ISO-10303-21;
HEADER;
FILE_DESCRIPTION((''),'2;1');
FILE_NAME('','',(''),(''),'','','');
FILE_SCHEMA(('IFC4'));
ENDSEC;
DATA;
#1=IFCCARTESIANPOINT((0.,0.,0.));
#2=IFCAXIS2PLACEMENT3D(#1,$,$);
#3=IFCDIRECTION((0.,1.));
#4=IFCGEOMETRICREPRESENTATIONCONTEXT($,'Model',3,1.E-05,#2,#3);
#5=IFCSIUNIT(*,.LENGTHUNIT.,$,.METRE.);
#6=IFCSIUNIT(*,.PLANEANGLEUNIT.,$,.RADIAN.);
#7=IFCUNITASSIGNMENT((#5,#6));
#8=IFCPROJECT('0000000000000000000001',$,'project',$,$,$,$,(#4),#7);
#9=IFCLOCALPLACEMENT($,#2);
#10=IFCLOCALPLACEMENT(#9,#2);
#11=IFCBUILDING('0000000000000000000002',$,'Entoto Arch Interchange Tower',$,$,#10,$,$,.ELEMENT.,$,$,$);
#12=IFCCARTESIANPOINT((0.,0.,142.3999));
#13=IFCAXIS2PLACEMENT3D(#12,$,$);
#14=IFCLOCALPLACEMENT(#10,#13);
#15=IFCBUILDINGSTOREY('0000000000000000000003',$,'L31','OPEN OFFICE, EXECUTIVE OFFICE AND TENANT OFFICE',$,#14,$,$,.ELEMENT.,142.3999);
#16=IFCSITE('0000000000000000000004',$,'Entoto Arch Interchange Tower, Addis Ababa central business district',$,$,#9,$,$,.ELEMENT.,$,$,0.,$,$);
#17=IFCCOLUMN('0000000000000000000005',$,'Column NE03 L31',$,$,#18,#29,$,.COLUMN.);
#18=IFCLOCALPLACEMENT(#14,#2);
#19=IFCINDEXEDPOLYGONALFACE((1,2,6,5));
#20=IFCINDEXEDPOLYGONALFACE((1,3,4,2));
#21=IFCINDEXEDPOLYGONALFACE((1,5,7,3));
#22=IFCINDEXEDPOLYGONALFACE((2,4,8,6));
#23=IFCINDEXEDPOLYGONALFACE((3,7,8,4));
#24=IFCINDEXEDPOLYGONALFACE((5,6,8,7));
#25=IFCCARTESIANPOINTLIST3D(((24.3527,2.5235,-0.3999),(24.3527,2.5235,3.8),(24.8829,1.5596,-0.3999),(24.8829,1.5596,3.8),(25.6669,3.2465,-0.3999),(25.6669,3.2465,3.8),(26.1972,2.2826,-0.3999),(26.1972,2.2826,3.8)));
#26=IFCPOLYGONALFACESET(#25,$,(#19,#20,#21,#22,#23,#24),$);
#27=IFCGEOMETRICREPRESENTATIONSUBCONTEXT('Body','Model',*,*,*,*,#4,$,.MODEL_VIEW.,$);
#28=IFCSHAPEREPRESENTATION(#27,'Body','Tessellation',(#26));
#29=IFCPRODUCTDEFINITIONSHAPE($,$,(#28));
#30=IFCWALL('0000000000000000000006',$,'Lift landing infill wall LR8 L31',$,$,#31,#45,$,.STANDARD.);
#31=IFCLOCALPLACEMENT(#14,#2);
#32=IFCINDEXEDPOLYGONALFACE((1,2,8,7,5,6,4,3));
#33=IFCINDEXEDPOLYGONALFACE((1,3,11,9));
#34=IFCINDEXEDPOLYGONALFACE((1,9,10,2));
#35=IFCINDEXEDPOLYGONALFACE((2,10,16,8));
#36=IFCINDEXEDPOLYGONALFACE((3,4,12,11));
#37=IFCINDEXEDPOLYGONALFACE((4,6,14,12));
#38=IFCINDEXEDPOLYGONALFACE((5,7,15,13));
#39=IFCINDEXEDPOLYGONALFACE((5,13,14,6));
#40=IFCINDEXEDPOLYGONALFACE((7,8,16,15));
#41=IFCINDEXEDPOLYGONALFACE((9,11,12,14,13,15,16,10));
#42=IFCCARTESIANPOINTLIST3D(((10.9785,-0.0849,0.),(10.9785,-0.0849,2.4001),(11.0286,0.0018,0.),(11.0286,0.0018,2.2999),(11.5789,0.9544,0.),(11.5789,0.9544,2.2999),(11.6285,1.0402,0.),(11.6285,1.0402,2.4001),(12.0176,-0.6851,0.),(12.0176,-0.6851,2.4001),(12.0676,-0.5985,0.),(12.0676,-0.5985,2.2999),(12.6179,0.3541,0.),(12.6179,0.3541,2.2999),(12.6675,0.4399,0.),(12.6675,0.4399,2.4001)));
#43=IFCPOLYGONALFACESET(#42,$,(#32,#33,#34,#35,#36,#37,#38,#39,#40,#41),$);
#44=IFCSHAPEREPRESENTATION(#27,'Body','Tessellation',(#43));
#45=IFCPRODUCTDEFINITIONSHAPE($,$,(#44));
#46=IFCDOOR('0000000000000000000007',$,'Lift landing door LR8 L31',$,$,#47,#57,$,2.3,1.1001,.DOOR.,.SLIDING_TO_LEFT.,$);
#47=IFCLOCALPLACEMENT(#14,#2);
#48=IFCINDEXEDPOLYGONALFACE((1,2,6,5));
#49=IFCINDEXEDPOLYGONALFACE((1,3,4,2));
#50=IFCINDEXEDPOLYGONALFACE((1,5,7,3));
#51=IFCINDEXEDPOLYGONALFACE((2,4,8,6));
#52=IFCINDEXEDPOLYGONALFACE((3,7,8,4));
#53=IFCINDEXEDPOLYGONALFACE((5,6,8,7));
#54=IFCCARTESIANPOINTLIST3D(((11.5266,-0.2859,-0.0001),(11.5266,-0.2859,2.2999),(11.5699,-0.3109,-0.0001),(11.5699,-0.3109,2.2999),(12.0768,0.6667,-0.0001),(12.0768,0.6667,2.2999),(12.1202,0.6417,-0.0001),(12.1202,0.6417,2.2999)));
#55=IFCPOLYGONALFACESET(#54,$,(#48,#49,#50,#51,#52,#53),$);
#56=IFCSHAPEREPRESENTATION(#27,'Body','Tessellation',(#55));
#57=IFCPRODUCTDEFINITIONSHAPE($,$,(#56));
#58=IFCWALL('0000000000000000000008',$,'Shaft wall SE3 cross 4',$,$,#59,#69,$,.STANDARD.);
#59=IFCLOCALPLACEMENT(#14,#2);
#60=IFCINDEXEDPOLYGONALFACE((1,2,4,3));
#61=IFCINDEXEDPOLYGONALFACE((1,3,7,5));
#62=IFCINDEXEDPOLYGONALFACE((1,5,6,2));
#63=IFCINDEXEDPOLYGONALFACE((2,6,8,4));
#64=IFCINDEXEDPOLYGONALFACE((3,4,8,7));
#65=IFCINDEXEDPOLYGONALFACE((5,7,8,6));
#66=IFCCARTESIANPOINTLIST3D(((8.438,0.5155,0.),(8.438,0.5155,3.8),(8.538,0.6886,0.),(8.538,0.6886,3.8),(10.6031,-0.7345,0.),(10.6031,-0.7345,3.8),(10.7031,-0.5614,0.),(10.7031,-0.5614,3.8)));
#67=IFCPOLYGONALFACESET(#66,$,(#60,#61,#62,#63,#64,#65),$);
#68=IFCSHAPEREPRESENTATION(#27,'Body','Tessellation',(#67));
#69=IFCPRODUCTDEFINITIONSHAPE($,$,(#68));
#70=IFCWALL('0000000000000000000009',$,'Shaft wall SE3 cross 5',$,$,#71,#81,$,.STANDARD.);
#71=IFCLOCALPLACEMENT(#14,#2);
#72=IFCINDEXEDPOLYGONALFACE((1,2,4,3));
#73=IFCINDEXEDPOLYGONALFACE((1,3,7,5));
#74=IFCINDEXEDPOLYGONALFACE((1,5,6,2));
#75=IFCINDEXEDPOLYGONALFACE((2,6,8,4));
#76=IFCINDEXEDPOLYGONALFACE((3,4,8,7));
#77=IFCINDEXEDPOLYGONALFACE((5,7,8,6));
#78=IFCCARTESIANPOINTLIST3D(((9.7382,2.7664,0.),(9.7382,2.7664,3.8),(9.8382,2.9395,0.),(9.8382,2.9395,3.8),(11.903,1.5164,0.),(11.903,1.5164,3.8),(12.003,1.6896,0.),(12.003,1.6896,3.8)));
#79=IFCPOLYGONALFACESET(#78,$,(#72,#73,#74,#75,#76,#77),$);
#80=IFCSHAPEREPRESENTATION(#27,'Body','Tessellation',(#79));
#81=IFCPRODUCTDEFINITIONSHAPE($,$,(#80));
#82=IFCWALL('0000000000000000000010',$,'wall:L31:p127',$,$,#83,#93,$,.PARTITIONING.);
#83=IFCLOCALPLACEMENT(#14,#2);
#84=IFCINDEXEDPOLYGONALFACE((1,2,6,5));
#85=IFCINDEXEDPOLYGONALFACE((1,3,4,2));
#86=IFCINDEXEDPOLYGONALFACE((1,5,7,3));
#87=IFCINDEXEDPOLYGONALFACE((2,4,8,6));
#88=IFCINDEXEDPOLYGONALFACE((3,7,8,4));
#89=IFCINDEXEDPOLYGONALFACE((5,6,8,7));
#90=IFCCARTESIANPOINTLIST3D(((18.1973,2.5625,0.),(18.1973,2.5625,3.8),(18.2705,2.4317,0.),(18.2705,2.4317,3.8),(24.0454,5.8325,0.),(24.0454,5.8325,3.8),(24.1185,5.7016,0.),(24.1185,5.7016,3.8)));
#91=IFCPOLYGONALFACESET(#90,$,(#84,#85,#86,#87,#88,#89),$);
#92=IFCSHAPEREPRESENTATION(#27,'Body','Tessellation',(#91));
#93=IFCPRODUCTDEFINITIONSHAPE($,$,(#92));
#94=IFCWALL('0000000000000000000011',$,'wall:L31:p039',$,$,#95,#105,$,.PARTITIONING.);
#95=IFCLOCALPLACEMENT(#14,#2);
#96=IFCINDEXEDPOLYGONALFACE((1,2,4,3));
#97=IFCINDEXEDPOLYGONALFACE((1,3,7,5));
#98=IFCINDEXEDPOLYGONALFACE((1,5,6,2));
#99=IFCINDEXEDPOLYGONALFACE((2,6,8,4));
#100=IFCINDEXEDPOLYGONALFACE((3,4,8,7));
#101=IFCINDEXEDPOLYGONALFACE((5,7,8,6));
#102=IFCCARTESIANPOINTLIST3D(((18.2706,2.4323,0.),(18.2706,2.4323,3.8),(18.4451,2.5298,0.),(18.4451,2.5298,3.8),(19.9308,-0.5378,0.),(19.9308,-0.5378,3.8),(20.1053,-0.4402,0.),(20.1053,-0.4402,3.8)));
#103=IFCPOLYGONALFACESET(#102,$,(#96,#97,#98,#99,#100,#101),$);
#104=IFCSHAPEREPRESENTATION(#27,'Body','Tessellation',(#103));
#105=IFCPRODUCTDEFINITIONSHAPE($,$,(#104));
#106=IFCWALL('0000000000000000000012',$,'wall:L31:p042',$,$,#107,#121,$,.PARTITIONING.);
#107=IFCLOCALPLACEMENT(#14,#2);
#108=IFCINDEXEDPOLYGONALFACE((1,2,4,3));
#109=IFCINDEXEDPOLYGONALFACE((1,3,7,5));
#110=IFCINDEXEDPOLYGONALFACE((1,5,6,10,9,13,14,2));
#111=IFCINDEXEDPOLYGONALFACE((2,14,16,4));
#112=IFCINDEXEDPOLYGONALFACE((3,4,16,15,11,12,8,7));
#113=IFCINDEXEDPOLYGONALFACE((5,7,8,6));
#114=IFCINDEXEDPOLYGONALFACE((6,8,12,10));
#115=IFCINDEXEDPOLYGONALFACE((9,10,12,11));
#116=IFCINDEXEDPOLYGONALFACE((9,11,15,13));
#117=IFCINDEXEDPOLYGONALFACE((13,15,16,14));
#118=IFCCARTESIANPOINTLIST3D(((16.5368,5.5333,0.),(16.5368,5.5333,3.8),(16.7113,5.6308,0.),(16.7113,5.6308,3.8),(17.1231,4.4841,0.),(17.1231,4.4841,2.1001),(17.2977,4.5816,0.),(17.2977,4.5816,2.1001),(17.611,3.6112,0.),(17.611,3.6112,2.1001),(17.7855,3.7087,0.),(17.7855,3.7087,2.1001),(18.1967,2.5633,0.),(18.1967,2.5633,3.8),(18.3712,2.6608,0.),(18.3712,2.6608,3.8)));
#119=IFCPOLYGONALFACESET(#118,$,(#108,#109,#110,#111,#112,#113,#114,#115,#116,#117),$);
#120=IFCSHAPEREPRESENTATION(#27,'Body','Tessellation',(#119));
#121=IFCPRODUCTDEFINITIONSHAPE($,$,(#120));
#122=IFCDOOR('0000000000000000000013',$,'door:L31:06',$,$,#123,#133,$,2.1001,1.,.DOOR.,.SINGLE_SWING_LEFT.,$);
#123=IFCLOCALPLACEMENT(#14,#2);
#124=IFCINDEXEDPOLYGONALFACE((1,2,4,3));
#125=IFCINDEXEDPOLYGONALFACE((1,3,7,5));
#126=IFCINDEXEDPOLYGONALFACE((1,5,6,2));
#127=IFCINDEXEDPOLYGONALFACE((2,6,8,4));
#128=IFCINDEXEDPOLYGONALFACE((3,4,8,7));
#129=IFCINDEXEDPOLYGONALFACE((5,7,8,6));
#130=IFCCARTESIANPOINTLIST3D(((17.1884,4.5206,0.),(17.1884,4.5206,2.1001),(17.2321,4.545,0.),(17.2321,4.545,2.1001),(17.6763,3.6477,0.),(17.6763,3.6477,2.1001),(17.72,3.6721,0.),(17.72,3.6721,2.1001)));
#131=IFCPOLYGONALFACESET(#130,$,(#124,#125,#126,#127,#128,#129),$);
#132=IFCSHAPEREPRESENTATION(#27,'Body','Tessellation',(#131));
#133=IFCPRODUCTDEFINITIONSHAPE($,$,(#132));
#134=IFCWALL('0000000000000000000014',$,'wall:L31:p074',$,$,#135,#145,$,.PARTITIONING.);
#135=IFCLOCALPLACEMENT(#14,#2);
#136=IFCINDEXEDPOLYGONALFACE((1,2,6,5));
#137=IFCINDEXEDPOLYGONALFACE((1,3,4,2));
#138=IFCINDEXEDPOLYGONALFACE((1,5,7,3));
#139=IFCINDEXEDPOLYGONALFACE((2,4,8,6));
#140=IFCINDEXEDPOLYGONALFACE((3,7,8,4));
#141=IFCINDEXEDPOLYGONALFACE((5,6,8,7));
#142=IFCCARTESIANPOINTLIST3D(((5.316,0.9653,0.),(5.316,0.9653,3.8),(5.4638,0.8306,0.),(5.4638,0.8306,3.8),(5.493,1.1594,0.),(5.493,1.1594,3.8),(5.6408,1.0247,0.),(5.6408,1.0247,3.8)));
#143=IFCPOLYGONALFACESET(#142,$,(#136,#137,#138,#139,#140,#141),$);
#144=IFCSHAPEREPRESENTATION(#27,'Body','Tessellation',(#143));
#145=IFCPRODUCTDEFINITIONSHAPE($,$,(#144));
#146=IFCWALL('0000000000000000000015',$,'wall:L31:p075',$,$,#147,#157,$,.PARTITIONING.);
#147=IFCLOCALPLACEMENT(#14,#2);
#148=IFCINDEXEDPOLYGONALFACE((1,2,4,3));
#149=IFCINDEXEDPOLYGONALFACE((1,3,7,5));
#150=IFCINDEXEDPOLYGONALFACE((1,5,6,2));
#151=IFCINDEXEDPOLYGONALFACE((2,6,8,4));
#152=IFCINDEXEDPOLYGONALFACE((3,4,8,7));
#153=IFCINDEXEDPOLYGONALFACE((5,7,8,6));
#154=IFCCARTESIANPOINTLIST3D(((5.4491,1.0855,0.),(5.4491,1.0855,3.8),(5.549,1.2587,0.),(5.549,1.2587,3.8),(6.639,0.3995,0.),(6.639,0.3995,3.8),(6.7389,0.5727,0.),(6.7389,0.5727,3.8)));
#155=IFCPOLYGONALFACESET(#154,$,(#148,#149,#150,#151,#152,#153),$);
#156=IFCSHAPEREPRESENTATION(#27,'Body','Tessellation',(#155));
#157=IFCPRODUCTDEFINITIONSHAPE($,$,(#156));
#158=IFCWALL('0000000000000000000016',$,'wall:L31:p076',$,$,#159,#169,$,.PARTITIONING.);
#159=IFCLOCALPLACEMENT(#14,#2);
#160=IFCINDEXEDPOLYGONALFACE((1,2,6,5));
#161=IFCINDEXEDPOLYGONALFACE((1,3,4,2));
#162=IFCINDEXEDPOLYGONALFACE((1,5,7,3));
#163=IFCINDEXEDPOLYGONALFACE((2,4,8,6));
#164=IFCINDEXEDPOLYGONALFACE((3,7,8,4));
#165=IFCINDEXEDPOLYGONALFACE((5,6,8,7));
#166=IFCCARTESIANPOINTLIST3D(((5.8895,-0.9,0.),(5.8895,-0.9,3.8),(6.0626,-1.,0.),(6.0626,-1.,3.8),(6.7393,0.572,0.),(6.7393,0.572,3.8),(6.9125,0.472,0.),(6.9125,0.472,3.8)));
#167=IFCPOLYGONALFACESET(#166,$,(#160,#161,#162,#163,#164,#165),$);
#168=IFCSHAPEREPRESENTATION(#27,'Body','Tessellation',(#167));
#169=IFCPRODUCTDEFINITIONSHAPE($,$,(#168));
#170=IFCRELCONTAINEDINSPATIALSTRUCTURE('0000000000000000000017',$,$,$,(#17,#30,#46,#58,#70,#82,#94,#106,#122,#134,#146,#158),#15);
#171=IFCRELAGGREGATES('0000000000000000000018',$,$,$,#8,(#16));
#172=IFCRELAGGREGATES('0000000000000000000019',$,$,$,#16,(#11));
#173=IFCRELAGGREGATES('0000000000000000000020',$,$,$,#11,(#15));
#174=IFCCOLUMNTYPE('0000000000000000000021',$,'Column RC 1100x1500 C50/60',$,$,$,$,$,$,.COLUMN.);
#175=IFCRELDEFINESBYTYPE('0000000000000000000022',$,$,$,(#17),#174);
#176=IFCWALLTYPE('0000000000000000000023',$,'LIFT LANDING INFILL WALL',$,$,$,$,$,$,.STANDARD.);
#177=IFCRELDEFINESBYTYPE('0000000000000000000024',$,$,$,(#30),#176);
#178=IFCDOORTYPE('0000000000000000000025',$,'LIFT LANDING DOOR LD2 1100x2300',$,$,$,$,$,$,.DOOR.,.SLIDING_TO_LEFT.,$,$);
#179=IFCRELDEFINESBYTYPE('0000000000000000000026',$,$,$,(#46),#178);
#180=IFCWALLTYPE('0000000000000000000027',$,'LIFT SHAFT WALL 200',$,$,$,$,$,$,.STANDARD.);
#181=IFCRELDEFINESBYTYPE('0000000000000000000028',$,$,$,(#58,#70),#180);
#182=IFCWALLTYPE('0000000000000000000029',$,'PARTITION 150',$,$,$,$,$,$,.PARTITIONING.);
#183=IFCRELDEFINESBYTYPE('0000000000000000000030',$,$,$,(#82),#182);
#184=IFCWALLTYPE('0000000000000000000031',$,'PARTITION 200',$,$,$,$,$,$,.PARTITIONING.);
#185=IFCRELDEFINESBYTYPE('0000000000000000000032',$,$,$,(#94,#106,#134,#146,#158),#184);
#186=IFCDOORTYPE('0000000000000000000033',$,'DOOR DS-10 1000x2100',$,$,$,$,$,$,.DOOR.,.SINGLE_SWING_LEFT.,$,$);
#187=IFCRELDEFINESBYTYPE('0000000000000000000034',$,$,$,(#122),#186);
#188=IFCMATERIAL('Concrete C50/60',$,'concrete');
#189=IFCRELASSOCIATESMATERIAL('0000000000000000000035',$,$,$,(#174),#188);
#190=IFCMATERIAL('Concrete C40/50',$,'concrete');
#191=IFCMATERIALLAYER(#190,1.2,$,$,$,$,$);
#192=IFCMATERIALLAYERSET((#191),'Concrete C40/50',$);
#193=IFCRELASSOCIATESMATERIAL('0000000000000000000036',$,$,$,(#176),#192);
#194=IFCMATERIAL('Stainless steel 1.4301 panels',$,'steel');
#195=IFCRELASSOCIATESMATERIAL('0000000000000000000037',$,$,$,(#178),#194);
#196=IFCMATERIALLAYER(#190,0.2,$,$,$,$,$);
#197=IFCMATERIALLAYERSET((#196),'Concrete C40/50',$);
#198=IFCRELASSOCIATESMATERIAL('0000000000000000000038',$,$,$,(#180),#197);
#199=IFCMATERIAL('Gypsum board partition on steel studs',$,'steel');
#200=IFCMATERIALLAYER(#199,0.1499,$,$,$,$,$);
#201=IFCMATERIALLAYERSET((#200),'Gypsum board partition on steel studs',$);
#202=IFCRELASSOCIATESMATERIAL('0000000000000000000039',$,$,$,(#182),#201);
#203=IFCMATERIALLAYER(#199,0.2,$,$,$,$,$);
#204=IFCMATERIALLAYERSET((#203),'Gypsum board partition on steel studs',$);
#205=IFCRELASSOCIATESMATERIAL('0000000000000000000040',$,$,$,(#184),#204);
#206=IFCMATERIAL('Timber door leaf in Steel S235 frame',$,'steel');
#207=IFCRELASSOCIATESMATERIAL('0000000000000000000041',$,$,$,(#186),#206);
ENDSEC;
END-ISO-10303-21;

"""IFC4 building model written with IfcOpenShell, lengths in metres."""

from ifc_helpers import new_model, si_unit, direction, frame, frame_2d, origin, origin_2d, place, context, subcontext, project, spatial, rectangle, extrude, material, layer, layer_set, material_profile, profile_set, type_object, element, fill, save


model = new_model("IFC4")

# Units and contexts
model_context = context("Model", 3, precision=1e-05, world=origin(), true_north=direction((0.0, 1.0)))
body_context = subcontext(model_context, "Body", "Model", "MODEL_VIEW")
ifc_project = project(units=[si_unit("LENGTHUNIT", "METRE"), si_unit("PLANEANGLEUNIT", "RADIAN")], contexts=[model_context])

# Site, building, storey
site_placement = place(None, origin())
site = spatial("IfcSite", under=ifc_project, at=site_placement, Name="Entoto Arch Interchange Tower, Addis Ababa central business district", CompositionType="ELEMENT", RefElevation=0.0)
building_placement = place(site_placement, origin())
building = spatial("IfcBuilding", under=site, at=building_placement, Name="Entoto Arch Interchange Tower", CompositionType="ELEMENT")
storey_placement = place(building_placement, frame((0.0, 0.0, 142.3999)))
storey = spatial("IfcBuildingStorey", under=building, at=storey_placement, Name="L31", Description="OPEN OFFICE, EXECUTIVE OFFICE AND TENANT OFFICE", CompositionType="ELEMENT", Elevation=142.3999)

# Column
ifc_material_1 = material(Name="Concrete C50/60", Category="concrete")
ifc_material_profile = material_profile(ifc_material_1, rectangle(XDim=1.1001, YDim=1.5, at=origin_2d()))
ifc_profile_set = profile_set([ifc_material_profile], Name="Concrete C50/60")
column_type = type_object("IfcColumnType", Name="Column RC 1100x1500 C50/60", PredefinedType="COLUMN", material=ifc_profile_set)
column_placement = place(storey_placement, frame((25.2749, 2.4031, -0.3999), z_axis=(0.0, 0.0, 1.0), x_axis=(-0.481983, 0.876181, 0.0)))
element("IfcColumn", 1, at=column_placement, inside=storey, type_object=column_type, Name="Column NE03 L31", PredefinedType="COLUMN", context=body_context, shape_type="SweptSolid", body=[
    extrude(rectangle(XDim=1.1001, YDim=1.5, at=origin_2d()), origin(), (0.0, 0.0, 1.0), 4.2),
])

# Wall, opening, door
ifc_material_2 = material(Name="Concrete C40/50", Category="concrete")
ifc_layer_1 = layer(ifc_material_2, 1.2)
ifc_layer_set_1 = layer_set([ifc_layer_1], Name="Concrete C40/50")
wall_type_1 = type_object("IfcWallType", Name="LIFT LANDING INFILL WALL", PredefinedType="STANDARD", material=ifc_layer_set_1)
wall_1_placement = place(storey_placement, frame((11.498, -0.385, 0.0), z_axis=(0.0, 0.0, 1.0), x_axis=(0.500221, 0.865898, 0.0)))
wall_1 = element("IfcWall", 2, at=wall_1_placement, inside=storey, type_object=wall_type_1, Name="Lift landing infill wall LR8 L31", PredefinedType="STANDARD", context=body_context, shape_type="SweptSolid", body=[
    extrude(rectangle(XDim=1.2993, YDim=1.2, at=frame_2d((0.6497, 0.0))), origin(), (0.0, 0.0, 1.0), 2.4001),
])
opening_1_placement = place(wall_1_placement, frame((0.1001, 0.0, 0.0)))
opening_1 = element("IfcOpeningElement", 3, at=opening_1_placement, cuts=wall_1, PredefinedType="OPENING", context=body_context, shape_type="SweptSolid", body=[
    extrude(rectangle(XDim=1.1001, YDim=2.3, at=frame_2d((0.55, 1.1499))), frame((0.0, 0.6099, 0.0), z_axis=(0.0, -1.0, 0.0), x_axis=(1.0, 0.0, 0.0)), (0.0, 0.0, 1.0), 1.22),
])
ifc_material_3 = material(Name="Stainless steel 1.4301 panels", Category="steel")
door_type_1 = type_object("IfcDoorType", Name="LIFT LANDING DOOR LD2 1100x2300", OperationType="SLIDING_TO_LEFT", PredefinedType="DOOR", material=ifc_material_3)
door_1_placement = place(opening_1_placement, origin())
door_1 = element("IfcDoor", 4, at=door_1_placement, inside=storey, type_object=door_type_1, Name="Lift landing door LR8 L31", OperationType="SLIDING_TO_LEFT", OverallHeight=2.3, OverallWidth=1.1001, PredefinedType="DOOR", context=body_context, shape_type="SweptSolid", body=[
    extrude(rectangle(XDim=1.1001, YDim=2.3, at=frame_2d((0.55, 1.1499))), frame((0.0, 0.0249, 0.0), z_axis=(0.0, -1.0, 0.0), x_axis=(1.0, 0.0, 0.0)), (0.0, 0.0, 1.0), 0.05),
])
fill(opening_1, door_1)

# Walls
ifc_layer_2 = layer(ifc_material_2, 0.2)
ifc_layer_set_2 = layer_set([ifc_layer_2], Name="Concrete C40/50")
wall_type_2 = type_object("IfcWallType", Name="LIFT SHAFT WALL 200", PredefinedType="STANDARD", material=ifc_layer_set_2)
wall_2_placement = place(storey_placement, frame((8.488, 0.6021, 0.0), z_axis=(0.0, 0.0, 1.0), x_axis=(0.866023, -0.500004, 0.0)))
element("IfcWall", 5, at=wall_2_placement, inside=storey, type_object=wall_type_2, Name="Shaft wall SE3 cross 4", PredefinedType="STANDARD", context=body_context, shape_type="SweptSolid", body=[
    extrude(rectangle(XDim=2.5, YDim=0.2, at=frame_2d((1.25, 0.0))), origin(), (0.0, 0.0, 1.0), 3.8),
])
wall_3_placement = place(storey_placement, frame((9.7881, 2.853, 0.0), z_axis=(0.0, 0.0, 1.0), x_axis=(0.865999, -0.500047, 0.0)))
element("IfcWall", 6, at=wall_3_placement, inside=storey, type_object=wall_type_2, Name="Shaft wall SE3 cross 5", PredefinedType="STANDARD", context=body_context, shape_type="SweptSolid", body=[
    extrude(rectangle(XDim=2.4998, YDim=0.2, at=frame_2d((1.25, 0.0))), origin(), (0.0, 0.0, 1.0), 3.8),
])
ifc_material_4 = material(Name="Gypsum board partition on steel studs", Category="steel")
ifc_layer_3 = layer(ifc_material_4, 0.1499)
ifc_layer_set_3 = layer_set([ifc_layer_3], Name="Gypsum board partition on steel studs")
wall_type_3 = type_object("IfcWallType", Name="PARTITION 150", PredefinedType="PARTITIONING", material=ifc_layer_set_3)
wall_4_placement = place(storey_placement, frame((18.2339, 2.4971, 0.0), z_axis=(0.0, 0.0, 1.0), x_axis=(0.87282, 0.488042, 0.0)))
element("IfcWall", 7, at=wall_4_placement, inside=storey, type_object=wall_type_3, Name="wall:L31:p127", PredefinedType="PARTITIONING", context=body_context, shape_type="SweptSolid", body=[
    extrude(rectangle(XDim=6.7002, YDim=0.1499, at=frame_2d((3.3501, 0.0))), origin(), (0.0, 0.0, 1.0), 3.8),
])
ifc_layer_4 = layer(ifc_material_4, 0.2)
ifc_layer_set_4 = layer_set([ifc_layer_4], Name="Gypsum board partition on steel studs")
wall_type_4 = type_object("IfcWallType", Name="PARTITION 200", PredefinedType="PARTITIONING", material=ifc_layer_set_4)
wall_5_placement = place(storey_placement, frame((18.3579, 2.481, 0.0), z_axis=(0.0, 0.0, 1.0), x_axis=(0.487926, -0.872885, 0.0)))
element("IfcWall", 8, at=wall_5_placement, inside=storey, type_object=wall_type_4, Name="wall:L31:p039", PredefinedType="PARTITIONING", context=body_context, shape_type="SweptSolid", body=[
    extrude(rectangle(XDim=3.4026, YDim=0.2, at=frame_2d((1.7012, 0.0))), origin(), (0.0, 0.0, 1.0), 3.8),
])

# Wall, opening, door
wall_6_placement = place(storey_placement, frame((16.624, 5.582, 0.0), z_axis=(0.0, 0.0, 1.0), x_axis=(0.487871, -0.872916, 0.0)))
wall_6 = element("IfcWall", 9, at=wall_6_placement, inside=storey, type_object=wall_type_4, Name="wall:L31:p042", PredefinedType="PARTITIONING", context=body_context, shape_type="SweptSolid", body=[
    extrude(rectangle(XDim=3.4023, YDim=0.2, at=frame_2d((1.7012, 0.0))), origin(), (0.0, 0.0, 1.0), 3.8),
])
opening_2_placement = place(wall_6_placement, frame((1.2019, 0.0, 0.0)))
opening_2 = element("IfcOpeningElement", 10, at=opening_2_placement, cuts=wall_6, PredefinedType="OPENING", context=body_context, shape_type="SweptSolid", body=[
    extrude(rectangle(XDim=1.0, YDim=2.1001, at=frame_2d((0.5, 1.05))), frame((0.0, 0.1099, 0.0), z_axis=(0.0, -1.0, 0.0), x_axis=(1.0, 0.0, 0.0)), (0.0, 0.0, 1.0), 0.22),
])
ifc_material_5 = material(Name="Timber door leaf in Steel S235 frame", Category="steel")
door_type_2 = type_object("IfcDoorType", Name="DOOR DS-10 1000x2100", OperationType="SINGLE_SWING_LEFT", PredefinedType="DOOR", material=ifc_material_5)
door_2_placement = place(opening_2_placement, origin())
door_2 = element("IfcDoor", 11, at=door_2_placement, inside=storey, type_object=door_type_2, Name="door:L31:06", OperationType="SINGLE_SWING_LEFT", OverallHeight=2.1001, OverallWidth=1.0, PredefinedType="DOOR", context=body_context, shape_type="SweptSolid", body=[
    extrude(rectangle(XDim=1.0, YDim=2.1001, at=frame_2d((0.5, 1.05))), frame((0.0, 0.0249, 0.0), z_axis=(0.0, -1.0, 0.0), x_axis=(1.0, 0.0, 0.0)), (0.0, 0.0, 1.0), 0.05),
])
fill(opening_2, door_2)

# Walls
wall_7_placement = place(storey_placement, frame((5.3899, 0.8979, 0.0), z_axis=(0.0, 0.0, 1.0), x_axis=(0.673828, 0.738888, 0.0)))
element("IfcWall", 12, at=wall_7_placement, inside=storey, type_object=wall_type_4, Name="wall:L31:p074", PredefinedType="PARTITIONING", context=body_context, shape_type="SweptSolid", body=[
    extrude(rectangle(XDim=0.2627, YDim=0.2, at=frame_2d((0.1313, 0.0))), origin(), (0.0, 0.0, 1.0), 3.8),
])
wall_8_placement = place(storey_placement, frame((5.499, 1.1721, 0.0), z_axis=(0.0, 0.0, 1.0), x_axis=(0.866334, -0.499466, 0.0)))
element("IfcWall", 13, at=wall_8_placement, inside=storey, type_object=wall_type_4, Name="wall:L31:p075", PredefinedType="PARTITIONING", context=body_context, shape_type="SweptSolid", body=[
    extrude(rectangle(XDim=1.3735, YDim=0.2, at=frame_2d((0.6868, 0.0))), origin(), (0.0, 0.0, 1.0), 3.8),
])
wall_9_placement = place(storey_placement, frame((6.8259, 0.522, 0.0), z_axis=(0.0, 0.0, 1.0), x_axis=(-0.500017, -0.866016, 0.0)))
element("IfcWall", 14, at=wall_9_placement, inside=storey, type_object=wall_type_4, Name="wall:L31:p076", PredefinedType="PARTITIONING", context=body_context, shape_type="SweptSolid", body=[
    extrude(rectangle(XDim=1.6997, YDim=0.2, at=frame_2d((0.8499, 0.0))), origin(), (0.0, 0.0, 1.0), 3.8),
])

save(model, "model.ifc")
